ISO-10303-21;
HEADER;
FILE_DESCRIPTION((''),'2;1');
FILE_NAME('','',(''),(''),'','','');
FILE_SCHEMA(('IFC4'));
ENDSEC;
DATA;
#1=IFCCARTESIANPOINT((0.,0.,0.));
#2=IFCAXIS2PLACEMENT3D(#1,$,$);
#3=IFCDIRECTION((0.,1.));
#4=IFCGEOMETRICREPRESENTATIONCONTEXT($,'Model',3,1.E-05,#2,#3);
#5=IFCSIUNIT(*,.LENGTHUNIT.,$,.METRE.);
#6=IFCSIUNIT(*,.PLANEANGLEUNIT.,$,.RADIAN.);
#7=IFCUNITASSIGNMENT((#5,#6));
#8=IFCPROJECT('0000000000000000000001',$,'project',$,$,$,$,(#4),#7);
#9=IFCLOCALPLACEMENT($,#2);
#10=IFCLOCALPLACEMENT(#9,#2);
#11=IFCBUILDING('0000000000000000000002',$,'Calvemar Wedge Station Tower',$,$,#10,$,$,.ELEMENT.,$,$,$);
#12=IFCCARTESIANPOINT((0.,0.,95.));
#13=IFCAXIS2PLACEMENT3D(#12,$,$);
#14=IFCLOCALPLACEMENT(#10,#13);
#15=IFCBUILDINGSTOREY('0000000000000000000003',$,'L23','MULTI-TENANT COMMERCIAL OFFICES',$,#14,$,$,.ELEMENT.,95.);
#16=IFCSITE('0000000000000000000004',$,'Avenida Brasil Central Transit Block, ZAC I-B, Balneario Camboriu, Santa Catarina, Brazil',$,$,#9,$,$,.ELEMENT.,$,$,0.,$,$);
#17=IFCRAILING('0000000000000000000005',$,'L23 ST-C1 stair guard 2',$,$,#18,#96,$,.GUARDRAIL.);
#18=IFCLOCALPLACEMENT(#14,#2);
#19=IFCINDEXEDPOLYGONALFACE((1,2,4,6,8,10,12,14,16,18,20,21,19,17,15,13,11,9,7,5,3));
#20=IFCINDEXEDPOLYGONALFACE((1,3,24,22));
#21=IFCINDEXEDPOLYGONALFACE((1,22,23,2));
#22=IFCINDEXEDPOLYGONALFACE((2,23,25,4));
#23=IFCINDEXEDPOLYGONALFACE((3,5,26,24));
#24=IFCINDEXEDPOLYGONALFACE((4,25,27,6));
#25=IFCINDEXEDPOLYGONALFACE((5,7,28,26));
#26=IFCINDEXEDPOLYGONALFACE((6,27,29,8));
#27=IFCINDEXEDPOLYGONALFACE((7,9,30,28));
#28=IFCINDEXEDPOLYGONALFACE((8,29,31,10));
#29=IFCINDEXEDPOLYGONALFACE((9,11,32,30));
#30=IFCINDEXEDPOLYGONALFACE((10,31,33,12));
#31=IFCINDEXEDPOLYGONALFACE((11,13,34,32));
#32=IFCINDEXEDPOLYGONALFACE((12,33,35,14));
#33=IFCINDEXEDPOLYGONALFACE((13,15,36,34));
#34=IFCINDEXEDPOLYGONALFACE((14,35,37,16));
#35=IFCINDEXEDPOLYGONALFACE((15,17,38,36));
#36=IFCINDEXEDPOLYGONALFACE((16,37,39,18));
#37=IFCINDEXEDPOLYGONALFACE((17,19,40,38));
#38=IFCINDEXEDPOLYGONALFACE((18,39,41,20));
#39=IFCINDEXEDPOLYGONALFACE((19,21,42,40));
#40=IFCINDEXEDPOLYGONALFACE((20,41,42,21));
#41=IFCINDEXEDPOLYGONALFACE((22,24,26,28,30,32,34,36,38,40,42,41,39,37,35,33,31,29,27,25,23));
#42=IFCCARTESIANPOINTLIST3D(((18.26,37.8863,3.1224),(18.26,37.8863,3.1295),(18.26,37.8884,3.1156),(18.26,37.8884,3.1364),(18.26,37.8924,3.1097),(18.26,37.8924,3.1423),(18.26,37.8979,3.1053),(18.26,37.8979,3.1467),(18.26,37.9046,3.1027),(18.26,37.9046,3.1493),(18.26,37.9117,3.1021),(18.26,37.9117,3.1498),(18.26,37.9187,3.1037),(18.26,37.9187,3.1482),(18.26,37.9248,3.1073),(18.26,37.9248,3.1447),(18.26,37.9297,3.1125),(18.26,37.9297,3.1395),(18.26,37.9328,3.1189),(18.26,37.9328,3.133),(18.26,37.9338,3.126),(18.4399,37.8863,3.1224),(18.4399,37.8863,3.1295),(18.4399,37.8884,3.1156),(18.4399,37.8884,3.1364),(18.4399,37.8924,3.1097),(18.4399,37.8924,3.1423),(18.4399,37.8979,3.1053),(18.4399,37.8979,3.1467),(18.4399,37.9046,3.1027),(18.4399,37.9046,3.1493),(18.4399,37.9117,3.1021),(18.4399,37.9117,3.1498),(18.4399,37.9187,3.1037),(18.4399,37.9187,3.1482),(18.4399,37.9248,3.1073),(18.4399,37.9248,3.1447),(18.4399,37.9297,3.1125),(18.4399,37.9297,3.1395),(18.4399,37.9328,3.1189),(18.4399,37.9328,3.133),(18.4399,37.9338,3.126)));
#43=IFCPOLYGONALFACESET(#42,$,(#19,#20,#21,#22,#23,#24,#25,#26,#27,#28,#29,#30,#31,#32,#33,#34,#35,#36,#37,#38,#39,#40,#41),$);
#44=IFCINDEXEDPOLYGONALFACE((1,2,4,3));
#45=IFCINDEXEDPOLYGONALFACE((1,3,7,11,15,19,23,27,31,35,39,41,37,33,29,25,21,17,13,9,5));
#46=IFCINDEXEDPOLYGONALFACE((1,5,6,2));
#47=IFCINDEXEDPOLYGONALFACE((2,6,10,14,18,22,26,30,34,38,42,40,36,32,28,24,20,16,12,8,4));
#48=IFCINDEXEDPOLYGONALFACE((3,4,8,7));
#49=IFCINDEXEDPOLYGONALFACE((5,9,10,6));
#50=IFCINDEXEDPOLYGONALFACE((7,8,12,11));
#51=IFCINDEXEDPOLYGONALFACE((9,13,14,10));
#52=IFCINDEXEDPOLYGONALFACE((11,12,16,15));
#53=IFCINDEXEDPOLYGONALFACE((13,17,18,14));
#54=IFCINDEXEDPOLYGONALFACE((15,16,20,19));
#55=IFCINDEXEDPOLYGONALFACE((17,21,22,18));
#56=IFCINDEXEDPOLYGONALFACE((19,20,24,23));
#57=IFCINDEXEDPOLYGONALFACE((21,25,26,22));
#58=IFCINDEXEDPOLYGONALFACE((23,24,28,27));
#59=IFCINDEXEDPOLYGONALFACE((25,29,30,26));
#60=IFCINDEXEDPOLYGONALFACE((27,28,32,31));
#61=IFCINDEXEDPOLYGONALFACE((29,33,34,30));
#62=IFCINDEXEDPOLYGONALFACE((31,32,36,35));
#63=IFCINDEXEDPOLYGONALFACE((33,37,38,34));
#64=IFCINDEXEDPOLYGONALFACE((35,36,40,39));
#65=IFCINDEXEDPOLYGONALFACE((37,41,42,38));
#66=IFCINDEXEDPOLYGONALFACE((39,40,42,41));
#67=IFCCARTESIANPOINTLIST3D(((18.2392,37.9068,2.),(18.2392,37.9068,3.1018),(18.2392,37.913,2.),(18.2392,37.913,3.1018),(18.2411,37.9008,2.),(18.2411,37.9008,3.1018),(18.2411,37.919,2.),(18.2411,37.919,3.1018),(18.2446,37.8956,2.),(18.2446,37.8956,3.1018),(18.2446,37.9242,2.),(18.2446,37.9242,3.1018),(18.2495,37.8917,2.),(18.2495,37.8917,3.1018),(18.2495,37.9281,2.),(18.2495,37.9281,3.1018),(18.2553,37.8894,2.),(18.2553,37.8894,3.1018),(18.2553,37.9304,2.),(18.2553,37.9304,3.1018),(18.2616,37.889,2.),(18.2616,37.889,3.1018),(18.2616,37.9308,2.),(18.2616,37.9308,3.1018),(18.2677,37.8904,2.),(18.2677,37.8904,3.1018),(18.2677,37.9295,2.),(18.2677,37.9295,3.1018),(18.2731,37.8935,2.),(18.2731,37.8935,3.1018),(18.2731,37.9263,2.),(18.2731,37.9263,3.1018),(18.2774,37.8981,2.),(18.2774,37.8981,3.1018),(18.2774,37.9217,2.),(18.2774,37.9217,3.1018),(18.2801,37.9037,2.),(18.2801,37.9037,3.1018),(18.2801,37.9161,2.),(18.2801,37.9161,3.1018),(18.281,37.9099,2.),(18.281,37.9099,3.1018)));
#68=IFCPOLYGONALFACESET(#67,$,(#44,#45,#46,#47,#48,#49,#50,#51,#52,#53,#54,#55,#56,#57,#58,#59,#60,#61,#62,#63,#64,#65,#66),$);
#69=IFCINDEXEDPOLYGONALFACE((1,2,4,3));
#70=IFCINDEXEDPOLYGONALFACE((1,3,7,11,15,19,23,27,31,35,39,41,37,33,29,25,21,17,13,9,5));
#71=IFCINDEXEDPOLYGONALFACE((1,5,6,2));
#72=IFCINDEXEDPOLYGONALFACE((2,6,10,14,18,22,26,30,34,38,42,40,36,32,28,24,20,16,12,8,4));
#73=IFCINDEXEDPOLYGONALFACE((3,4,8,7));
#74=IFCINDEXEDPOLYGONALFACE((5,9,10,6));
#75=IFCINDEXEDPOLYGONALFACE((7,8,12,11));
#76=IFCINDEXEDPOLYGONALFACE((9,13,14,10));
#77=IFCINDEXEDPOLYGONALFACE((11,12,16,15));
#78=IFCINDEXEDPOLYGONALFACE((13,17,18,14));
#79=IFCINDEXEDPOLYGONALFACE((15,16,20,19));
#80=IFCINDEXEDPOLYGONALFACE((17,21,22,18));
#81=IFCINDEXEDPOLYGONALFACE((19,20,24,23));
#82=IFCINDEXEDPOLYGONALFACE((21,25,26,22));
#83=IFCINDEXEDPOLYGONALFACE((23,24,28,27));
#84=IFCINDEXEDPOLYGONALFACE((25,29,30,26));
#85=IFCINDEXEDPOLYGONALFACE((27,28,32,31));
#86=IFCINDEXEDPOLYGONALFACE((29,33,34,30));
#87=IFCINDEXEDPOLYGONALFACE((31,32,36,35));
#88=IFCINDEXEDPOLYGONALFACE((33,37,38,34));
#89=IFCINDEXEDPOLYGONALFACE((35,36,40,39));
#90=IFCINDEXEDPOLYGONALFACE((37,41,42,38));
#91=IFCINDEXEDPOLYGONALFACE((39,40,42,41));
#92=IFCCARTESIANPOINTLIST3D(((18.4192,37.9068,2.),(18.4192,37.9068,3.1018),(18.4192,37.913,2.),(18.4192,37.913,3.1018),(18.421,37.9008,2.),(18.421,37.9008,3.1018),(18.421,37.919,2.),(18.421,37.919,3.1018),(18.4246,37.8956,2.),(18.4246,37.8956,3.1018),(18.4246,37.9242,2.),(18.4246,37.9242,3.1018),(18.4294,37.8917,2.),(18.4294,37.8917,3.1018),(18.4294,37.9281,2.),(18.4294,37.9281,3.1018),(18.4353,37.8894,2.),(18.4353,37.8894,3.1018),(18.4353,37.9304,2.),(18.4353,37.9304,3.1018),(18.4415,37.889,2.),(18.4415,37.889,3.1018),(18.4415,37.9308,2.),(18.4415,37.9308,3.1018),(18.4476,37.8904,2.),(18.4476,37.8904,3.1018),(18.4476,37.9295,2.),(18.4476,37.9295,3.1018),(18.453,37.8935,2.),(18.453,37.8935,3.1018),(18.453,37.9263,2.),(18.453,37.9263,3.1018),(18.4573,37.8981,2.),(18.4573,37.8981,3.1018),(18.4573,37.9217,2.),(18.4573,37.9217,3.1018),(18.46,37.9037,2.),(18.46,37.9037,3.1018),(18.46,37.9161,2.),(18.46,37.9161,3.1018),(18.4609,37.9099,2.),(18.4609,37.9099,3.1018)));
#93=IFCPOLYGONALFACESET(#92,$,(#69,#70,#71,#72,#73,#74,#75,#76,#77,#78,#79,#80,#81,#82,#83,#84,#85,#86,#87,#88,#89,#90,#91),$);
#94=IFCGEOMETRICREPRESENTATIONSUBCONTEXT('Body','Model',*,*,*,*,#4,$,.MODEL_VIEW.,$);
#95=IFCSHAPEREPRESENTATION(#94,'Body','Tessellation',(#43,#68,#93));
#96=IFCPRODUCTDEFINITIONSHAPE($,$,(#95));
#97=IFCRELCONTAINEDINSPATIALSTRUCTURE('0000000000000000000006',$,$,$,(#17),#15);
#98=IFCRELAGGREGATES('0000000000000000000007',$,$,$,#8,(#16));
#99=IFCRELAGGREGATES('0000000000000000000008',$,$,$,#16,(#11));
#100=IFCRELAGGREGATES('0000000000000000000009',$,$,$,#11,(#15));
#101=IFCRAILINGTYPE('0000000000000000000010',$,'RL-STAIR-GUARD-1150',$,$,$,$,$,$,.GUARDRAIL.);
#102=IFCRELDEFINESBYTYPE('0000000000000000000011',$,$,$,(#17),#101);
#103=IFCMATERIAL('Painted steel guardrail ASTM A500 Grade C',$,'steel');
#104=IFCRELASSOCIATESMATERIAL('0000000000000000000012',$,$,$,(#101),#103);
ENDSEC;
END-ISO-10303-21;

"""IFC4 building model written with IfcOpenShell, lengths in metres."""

from ifc_helpers import new_model, si_unit, direction, frame, origin, origin_2d, place, context, subcontext, project, spatial, circle, extrude, material, type_object, element, save


model = new_model("IFC4")

# Units and contexts
model_context = context("Model", 3, precision=1e-05, world=origin(), true_north=direction((0.0, 1.0)))
body_context = subcontext(model_context, "Body", "Model", "MODEL_VIEW")
ifc_project = project(units=[si_unit("LENGTHUNIT", "METRE"), si_unit("PLANEANGLEUNIT", "RADIAN")], contexts=[model_context])

# Site, building, storey
site_placement = place(None, origin())
site = spatial("IfcSite", under=ifc_project, at=site_placement, Name="Avenida Brasil Central Transit Block, ZAC I-B, Balneario Camboriu, Santa Catarina, Brazil", CompositionType="ELEMENT", RefElevation=0.0)
building_placement = place(site_placement, origin())
building = spatial("IfcBuilding", under=site, at=building_placement, Name="Calvemar Wedge Station Tower", CompositionType="ELEMENT")
storey_placement = place(building_placement, frame((0.0, 0.0, 95.0)))
storey = spatial("IfcBuildingStorey", under=building, at=storey_placement, Name="L23", Description="MULTI-TENANT COMMERCIAL OFFICES", CompositionType="ELEMENT", Elevation=95.0)

# Railing
ifc_material_1 = material(Name="Painted steel guardrail ASTM A500 Grade C", Category="steel")
railing_type_1 = type_object("IfcRailingType", Name="RL-STAIR-GUARD-1150", PredefinedType="GUARDRAIL", material=ifc_material_1)
railing_1_placement = place(storey_placement, frame((18.26, 37.9099, 2.0)))
element("IfcRailing", 1, at=railing_1_placement, inside=storey, type_object=railing_type_1, Name="L23 ST-C1 stair guard 2", PredefinedType="GUARDRAIL", context=body_context, shape_type="SweptSolid", body=[
    extrude(circle(Radius=0.0239, at=origin_2d()), frame((0.0, 0.0, 1.126), z_axis=(1.0, 0.0, 0.0), x_axis=(0.0, 1.0, 0.0)), (0.0, 0.0, 1.0), 0.1799),
    extrude(circle(Radius=0.021, at=origin_2d()), origin(), (0.0, 0.0, 1.0), 1.1018),
    extrude(circle(Radius=0.021, at=origin_2d()), frame((0.1799, 0.0, 0.0)), (0.0, 0.0, 1.0), 1.1018),
])

save(model, "model.ifc")
